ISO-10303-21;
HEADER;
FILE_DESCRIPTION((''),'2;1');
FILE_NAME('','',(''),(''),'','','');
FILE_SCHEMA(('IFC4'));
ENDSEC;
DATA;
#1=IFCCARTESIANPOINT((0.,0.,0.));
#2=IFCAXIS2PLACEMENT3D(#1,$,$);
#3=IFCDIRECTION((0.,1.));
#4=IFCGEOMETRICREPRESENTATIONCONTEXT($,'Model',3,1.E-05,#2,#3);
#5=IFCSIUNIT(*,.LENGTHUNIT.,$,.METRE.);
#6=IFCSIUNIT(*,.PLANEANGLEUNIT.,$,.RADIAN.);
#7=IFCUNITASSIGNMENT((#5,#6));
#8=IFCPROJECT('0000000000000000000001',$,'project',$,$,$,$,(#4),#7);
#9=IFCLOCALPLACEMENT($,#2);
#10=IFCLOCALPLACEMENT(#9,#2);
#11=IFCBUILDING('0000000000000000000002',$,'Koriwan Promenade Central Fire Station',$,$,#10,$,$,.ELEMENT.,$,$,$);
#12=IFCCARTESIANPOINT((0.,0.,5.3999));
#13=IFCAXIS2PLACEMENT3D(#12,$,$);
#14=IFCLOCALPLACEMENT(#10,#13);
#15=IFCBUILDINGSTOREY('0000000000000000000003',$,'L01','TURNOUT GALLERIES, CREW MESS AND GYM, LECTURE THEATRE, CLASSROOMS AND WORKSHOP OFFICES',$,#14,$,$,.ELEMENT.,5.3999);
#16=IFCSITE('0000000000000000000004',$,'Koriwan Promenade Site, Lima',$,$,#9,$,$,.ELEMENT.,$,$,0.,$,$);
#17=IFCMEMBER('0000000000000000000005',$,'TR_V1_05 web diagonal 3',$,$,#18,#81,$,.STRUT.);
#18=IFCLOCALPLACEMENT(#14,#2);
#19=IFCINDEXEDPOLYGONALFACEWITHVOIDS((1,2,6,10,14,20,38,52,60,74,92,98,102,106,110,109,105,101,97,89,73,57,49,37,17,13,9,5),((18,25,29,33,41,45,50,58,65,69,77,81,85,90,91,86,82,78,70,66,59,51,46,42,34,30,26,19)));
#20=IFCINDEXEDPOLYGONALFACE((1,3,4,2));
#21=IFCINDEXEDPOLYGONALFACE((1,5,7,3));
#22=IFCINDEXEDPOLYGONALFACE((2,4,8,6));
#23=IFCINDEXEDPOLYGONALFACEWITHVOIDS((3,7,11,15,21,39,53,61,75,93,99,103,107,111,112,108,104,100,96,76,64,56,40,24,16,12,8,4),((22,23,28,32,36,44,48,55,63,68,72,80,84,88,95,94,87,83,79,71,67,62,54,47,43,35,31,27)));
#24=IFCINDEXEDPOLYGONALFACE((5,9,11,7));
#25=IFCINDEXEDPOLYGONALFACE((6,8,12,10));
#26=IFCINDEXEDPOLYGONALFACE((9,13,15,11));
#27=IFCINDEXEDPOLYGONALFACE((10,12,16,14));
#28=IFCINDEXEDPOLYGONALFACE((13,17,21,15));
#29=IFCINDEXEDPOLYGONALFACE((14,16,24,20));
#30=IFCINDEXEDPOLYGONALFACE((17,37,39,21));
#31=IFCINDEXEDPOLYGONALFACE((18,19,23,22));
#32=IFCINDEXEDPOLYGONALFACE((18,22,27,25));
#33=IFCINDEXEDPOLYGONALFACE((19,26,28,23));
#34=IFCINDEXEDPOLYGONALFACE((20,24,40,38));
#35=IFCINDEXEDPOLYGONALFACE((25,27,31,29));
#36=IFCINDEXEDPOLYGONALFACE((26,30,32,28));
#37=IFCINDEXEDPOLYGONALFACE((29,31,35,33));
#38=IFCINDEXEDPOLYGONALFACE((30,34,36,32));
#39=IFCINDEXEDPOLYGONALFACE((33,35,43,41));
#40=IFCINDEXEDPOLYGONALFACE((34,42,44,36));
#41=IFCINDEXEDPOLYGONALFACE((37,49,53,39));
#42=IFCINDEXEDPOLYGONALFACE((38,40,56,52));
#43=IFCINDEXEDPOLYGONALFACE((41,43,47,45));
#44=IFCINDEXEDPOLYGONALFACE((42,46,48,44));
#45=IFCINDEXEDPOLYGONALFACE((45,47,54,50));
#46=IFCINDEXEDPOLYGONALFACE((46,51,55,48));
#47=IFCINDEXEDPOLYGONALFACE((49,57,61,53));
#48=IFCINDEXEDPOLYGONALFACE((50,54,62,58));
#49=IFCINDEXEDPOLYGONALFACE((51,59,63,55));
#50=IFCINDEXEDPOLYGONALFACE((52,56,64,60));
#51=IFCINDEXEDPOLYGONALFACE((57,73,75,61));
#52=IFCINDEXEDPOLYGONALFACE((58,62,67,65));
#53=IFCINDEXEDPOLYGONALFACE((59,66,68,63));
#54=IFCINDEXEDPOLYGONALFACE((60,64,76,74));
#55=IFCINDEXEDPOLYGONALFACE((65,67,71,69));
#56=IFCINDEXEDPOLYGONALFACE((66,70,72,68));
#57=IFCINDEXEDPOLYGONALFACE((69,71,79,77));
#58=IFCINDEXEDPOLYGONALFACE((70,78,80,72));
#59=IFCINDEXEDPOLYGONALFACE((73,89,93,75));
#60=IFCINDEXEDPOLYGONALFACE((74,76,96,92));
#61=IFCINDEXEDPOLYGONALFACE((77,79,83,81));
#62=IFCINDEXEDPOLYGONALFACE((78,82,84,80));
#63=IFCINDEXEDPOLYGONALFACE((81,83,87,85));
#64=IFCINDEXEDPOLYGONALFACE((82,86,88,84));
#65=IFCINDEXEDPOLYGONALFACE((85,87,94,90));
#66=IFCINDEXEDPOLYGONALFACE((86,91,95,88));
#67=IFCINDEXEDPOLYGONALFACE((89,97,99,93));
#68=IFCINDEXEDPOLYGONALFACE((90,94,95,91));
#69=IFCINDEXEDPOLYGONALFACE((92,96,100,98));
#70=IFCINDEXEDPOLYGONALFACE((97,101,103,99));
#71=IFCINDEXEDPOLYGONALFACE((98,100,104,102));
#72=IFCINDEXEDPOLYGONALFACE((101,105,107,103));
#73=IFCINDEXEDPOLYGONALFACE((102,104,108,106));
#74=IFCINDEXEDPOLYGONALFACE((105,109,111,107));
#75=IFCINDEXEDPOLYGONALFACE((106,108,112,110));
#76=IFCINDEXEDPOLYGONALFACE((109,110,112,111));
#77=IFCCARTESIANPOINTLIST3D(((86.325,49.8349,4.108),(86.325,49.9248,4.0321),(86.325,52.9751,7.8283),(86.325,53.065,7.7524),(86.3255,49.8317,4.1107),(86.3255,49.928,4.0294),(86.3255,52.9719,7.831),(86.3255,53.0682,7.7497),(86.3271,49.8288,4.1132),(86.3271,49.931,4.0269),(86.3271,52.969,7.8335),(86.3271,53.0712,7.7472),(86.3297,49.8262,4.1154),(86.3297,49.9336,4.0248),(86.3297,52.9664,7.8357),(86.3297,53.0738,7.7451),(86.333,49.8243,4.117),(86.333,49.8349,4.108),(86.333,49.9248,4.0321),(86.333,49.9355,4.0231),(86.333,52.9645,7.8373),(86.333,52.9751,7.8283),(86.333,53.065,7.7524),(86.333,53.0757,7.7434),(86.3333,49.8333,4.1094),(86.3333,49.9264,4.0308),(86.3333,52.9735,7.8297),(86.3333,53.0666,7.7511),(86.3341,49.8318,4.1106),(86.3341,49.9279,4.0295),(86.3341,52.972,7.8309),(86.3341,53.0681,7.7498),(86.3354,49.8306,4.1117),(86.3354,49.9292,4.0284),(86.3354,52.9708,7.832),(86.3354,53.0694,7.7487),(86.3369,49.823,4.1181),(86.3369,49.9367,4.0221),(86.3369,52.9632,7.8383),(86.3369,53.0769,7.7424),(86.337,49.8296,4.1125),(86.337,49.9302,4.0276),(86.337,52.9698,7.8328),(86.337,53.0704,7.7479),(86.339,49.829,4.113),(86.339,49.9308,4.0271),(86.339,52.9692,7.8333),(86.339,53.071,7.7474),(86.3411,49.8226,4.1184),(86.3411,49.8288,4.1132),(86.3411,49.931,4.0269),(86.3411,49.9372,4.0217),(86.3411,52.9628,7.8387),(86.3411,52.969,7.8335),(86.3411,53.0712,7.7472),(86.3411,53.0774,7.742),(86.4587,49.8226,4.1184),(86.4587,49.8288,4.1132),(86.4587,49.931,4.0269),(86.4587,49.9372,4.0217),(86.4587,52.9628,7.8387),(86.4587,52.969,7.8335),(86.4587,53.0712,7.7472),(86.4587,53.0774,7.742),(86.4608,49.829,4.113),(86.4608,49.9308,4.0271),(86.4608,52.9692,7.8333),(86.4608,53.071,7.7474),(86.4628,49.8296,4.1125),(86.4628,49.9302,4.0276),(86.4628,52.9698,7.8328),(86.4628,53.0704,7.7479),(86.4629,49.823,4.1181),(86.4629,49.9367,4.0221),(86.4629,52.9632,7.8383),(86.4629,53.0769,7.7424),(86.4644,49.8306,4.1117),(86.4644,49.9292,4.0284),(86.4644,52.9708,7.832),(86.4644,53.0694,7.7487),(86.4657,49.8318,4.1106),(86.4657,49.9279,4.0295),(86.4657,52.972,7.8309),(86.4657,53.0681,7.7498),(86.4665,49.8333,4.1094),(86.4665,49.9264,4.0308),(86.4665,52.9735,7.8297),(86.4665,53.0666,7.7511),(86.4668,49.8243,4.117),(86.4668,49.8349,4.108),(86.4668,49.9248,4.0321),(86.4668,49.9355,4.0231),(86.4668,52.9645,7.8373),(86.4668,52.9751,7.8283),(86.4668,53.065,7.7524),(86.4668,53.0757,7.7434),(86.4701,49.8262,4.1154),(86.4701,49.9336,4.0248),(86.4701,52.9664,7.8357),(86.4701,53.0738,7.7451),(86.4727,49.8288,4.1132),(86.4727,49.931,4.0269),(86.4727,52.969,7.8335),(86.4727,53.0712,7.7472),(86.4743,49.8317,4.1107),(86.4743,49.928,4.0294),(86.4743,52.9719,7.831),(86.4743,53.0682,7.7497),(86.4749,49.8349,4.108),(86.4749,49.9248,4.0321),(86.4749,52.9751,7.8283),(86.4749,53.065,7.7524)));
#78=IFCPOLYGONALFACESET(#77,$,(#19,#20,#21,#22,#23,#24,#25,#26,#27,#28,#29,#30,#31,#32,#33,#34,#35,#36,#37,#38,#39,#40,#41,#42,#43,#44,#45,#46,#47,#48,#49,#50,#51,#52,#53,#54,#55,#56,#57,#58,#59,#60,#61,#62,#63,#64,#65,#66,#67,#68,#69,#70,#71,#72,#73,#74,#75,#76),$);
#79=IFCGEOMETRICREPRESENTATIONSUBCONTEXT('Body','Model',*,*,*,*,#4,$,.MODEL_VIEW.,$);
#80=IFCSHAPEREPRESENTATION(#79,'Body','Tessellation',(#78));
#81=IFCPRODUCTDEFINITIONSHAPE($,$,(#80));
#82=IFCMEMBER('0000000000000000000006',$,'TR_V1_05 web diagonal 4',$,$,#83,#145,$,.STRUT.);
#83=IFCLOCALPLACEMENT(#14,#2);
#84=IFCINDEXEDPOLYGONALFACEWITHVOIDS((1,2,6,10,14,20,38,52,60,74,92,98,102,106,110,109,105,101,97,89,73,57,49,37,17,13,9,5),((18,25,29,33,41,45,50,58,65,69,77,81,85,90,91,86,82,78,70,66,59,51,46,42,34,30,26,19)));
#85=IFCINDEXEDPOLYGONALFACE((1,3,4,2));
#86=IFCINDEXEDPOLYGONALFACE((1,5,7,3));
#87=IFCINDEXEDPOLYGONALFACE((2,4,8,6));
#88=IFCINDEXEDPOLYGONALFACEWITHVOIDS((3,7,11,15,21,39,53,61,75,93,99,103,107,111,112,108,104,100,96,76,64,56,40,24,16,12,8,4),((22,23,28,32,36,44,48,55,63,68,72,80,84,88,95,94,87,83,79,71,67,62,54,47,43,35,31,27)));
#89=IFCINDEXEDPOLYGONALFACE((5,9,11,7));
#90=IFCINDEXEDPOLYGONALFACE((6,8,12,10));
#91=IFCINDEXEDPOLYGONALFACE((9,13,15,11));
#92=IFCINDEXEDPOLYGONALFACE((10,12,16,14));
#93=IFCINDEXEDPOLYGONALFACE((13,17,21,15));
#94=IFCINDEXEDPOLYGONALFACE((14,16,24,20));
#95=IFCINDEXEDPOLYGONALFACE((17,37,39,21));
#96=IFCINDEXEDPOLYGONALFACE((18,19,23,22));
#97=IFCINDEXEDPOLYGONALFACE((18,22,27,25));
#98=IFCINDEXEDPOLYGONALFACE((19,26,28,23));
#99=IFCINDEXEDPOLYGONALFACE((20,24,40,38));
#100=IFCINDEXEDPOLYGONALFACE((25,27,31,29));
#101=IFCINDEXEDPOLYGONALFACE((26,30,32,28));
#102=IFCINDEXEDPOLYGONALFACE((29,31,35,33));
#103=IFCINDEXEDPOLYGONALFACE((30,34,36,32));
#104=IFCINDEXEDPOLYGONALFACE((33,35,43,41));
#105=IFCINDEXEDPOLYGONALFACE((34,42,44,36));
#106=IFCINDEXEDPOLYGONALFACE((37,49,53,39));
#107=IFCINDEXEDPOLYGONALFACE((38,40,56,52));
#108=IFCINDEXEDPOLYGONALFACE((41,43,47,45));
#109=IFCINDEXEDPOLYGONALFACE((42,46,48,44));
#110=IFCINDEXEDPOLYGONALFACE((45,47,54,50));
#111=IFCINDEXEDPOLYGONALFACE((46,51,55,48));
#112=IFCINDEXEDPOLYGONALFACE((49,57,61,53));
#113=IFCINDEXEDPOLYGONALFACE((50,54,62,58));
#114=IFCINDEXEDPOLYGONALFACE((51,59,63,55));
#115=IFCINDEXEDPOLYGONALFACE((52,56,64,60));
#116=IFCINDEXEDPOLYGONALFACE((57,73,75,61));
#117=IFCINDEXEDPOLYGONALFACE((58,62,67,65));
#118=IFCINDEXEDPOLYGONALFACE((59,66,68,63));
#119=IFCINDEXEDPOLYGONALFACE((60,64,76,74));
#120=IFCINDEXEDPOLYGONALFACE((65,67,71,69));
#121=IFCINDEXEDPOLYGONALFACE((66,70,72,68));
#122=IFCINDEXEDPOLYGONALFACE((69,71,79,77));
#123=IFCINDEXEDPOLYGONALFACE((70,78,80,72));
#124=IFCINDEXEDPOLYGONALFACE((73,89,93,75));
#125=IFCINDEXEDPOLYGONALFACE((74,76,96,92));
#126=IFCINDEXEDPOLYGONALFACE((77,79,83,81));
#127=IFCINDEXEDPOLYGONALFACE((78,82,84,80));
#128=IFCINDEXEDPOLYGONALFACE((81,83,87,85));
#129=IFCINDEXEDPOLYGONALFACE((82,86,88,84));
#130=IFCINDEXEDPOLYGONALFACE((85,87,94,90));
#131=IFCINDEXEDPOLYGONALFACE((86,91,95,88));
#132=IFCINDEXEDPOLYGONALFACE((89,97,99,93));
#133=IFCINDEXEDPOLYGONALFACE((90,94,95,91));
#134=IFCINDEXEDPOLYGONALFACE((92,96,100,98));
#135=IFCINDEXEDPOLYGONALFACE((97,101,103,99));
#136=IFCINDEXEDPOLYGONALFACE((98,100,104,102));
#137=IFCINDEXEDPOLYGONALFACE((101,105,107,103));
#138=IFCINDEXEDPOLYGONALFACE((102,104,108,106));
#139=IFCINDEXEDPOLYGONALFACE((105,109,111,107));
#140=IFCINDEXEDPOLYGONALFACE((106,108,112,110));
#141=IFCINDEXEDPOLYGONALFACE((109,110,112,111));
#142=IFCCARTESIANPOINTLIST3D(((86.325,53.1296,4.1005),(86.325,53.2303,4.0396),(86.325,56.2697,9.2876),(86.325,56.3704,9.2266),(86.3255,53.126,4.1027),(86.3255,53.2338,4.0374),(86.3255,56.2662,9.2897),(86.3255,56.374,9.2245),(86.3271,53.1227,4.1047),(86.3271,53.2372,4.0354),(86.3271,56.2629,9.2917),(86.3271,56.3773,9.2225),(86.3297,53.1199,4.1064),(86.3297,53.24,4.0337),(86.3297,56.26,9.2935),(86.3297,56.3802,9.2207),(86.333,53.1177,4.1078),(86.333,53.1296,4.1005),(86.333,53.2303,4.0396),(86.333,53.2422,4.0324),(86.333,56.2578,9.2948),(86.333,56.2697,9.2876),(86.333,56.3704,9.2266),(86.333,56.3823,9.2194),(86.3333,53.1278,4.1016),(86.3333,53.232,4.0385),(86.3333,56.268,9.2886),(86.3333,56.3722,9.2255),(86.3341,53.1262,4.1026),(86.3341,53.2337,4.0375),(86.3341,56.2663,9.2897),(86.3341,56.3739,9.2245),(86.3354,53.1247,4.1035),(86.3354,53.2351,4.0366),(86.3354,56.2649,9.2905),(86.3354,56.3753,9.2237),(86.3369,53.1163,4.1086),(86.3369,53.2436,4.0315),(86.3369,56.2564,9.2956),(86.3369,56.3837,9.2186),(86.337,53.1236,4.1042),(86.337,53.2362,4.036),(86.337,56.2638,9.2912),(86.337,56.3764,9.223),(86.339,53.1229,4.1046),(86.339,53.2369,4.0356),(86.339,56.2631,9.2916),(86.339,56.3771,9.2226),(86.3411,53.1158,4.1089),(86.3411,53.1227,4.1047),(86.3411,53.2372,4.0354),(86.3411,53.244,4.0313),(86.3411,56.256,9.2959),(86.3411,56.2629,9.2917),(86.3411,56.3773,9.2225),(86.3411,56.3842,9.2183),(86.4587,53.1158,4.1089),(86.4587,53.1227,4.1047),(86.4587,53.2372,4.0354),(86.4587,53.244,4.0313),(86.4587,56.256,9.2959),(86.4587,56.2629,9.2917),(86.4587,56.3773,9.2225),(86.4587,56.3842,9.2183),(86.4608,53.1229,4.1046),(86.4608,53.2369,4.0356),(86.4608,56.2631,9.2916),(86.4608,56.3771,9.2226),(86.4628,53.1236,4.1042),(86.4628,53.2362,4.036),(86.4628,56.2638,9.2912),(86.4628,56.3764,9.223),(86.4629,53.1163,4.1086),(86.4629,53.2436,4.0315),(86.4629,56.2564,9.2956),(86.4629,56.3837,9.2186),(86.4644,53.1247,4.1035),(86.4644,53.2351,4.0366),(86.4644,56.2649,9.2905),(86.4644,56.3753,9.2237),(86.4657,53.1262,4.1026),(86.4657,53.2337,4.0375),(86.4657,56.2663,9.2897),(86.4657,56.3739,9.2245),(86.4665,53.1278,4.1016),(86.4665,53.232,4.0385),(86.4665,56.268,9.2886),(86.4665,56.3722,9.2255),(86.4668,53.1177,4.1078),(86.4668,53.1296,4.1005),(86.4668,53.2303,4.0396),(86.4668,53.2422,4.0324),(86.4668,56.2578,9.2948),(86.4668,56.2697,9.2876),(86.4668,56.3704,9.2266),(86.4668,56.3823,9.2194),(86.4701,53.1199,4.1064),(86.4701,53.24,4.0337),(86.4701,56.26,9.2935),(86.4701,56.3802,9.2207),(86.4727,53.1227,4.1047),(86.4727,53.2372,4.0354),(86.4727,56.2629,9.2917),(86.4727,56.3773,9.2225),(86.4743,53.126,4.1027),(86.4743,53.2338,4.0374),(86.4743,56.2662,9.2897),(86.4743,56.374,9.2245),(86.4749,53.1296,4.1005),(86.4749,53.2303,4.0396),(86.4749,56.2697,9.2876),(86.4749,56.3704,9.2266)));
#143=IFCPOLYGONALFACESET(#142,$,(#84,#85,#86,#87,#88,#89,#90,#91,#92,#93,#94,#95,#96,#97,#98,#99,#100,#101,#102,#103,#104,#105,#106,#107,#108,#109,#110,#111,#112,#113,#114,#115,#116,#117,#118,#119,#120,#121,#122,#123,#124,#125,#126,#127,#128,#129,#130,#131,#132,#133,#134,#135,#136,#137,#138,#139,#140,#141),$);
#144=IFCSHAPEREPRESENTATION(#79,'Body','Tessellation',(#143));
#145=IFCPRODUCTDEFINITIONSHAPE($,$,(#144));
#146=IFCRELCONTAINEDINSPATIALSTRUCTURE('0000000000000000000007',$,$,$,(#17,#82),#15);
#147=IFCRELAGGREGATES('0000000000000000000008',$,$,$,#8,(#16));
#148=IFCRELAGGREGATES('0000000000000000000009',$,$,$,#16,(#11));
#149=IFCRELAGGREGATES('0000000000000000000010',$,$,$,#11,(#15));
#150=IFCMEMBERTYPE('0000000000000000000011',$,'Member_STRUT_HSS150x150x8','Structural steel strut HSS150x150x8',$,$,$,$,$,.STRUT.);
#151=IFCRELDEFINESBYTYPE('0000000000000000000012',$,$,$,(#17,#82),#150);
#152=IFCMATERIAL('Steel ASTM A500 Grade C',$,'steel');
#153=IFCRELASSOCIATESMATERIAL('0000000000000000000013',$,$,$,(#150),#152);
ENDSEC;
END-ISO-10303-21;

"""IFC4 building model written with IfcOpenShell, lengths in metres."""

from ifc_helpers import new_model, si_unit, direction, frame, origin, origin_2d, place, context, subcontext, project, spatial, hollow_rectangle, extrude, material, material_profile, profile_set, type_object, element, save


model = new_model("IFC4")

# Units and contexts
model_context = context("Model", 3, precision=1e-05, world=origin(), true_north=direction((0.0, 1.0)))
body_context = subcontext(model_context, "Body", "Model", "MODEL_VIEW")
ifc_project = project(units=[si_unit("LENGTHUNIT", "METRE"), si_unit("PLANEANGLEUNIT", "RADIAN")], contexts=[model_context])

# Site, building, storey
site_placement = place(None, origin())
site = spatial("IfcSite", under=ifc_project, at=site_placement, Name="Koriwan Promenade Site, Lima", CompositionType="ELEMENT", RefElevation=0.0)
building_placement = place(site_placement, origin())
building = spatial("IfcBuilding", under=site, at=building_placement, Name="Koriwan Promenade Central Fire Station", CompositionType="ELEMENT")
storey_placement = place(building_placement, frame((0.0, 0.0, 5.3999)))
storey = spatial("IfcBuildingStorey", under=building, at=storey_placement, Name="L01", Description="TURNOUT GALLERIES, CREW MESS AND GYM, LECTURE THEATRE, CLASSROOMS AND WORKSHOP OFFICES", CompositionType="ELEMENT", Elevation=5.3999)

# Members
ifc_material_1 = material(Name="Steel ASTM A500 Grade C", Category="steel")
ifc_material_profile_1 = material_profile(ifc_material_1, hollow_rectangle(XDim=0.1499, YDim=0.1499, WallThickness=0.0081, InnerFilletRadius=0.0081, OuterFilletRadius=0.0161, at=origin_2d()), Name="HSS150x150x8")
ifc_profile_set_1 = profile_set([ifc_material_profile_1], Name="Steel ASTM A500 Grade C")
member_type_1 = type_object("IfcMemberType", Name="Member_STRUT_HSS150x150x8", Description="Structural steel strut HSS150x150x8", PredefinedType="STRUT", material=ifc_profile_set_1)
member_1_placement = place(storey_placement, frame((86.3999, 49.8799, 4.0701), z_axis=(0.0, 0.645016, 0.764169), x_axis=(-1.0, 0.0, 0.0)))
element("IfcMember", 1, at=member_1_placement, inside=storey, type_object=member_type_1, Name="TR_V1_05 web diagonal 3", PredefinedType="STRUT", context=body_context, shape_type="SweptSolid", body=[
    extrude(hollow_rectangle(XDim=0.1499, YDim=0.1499, WallThickness=0.0081, InnerFilletRadius=0.0081, OuterFilletRadius=0.0161, at=origin_2d()), origin(), (0.0, 0.0, 1.0), 4.8684),
])
member_2_placement = place(storey_placement, frame((86.3999, 53.1799, 4.0701), z_axis=(0.0, 0.517879, 0.855454), x_axis=(-1.0, 0.0, 0.0)))
element("IfcMember", 2, at=member_2_placement, inside=storey, type_object=member_type_1, Name="TR_V1_05 web diagonal 4", PredefinedType="STRUT", context=body_context, shape_type="SweptSolid", body=[
    extrude(hollow_rectangle(XDim=0.1499, YDim=0.1499, WallThickness=0.0081, InnerFilletRadius=0.0081, OuterFilletRadius=0.0161, at=origin_2d()), origin(), (0.0, 0.0, 1.0), 6.0635),
])

save(model, "model.ifc")
